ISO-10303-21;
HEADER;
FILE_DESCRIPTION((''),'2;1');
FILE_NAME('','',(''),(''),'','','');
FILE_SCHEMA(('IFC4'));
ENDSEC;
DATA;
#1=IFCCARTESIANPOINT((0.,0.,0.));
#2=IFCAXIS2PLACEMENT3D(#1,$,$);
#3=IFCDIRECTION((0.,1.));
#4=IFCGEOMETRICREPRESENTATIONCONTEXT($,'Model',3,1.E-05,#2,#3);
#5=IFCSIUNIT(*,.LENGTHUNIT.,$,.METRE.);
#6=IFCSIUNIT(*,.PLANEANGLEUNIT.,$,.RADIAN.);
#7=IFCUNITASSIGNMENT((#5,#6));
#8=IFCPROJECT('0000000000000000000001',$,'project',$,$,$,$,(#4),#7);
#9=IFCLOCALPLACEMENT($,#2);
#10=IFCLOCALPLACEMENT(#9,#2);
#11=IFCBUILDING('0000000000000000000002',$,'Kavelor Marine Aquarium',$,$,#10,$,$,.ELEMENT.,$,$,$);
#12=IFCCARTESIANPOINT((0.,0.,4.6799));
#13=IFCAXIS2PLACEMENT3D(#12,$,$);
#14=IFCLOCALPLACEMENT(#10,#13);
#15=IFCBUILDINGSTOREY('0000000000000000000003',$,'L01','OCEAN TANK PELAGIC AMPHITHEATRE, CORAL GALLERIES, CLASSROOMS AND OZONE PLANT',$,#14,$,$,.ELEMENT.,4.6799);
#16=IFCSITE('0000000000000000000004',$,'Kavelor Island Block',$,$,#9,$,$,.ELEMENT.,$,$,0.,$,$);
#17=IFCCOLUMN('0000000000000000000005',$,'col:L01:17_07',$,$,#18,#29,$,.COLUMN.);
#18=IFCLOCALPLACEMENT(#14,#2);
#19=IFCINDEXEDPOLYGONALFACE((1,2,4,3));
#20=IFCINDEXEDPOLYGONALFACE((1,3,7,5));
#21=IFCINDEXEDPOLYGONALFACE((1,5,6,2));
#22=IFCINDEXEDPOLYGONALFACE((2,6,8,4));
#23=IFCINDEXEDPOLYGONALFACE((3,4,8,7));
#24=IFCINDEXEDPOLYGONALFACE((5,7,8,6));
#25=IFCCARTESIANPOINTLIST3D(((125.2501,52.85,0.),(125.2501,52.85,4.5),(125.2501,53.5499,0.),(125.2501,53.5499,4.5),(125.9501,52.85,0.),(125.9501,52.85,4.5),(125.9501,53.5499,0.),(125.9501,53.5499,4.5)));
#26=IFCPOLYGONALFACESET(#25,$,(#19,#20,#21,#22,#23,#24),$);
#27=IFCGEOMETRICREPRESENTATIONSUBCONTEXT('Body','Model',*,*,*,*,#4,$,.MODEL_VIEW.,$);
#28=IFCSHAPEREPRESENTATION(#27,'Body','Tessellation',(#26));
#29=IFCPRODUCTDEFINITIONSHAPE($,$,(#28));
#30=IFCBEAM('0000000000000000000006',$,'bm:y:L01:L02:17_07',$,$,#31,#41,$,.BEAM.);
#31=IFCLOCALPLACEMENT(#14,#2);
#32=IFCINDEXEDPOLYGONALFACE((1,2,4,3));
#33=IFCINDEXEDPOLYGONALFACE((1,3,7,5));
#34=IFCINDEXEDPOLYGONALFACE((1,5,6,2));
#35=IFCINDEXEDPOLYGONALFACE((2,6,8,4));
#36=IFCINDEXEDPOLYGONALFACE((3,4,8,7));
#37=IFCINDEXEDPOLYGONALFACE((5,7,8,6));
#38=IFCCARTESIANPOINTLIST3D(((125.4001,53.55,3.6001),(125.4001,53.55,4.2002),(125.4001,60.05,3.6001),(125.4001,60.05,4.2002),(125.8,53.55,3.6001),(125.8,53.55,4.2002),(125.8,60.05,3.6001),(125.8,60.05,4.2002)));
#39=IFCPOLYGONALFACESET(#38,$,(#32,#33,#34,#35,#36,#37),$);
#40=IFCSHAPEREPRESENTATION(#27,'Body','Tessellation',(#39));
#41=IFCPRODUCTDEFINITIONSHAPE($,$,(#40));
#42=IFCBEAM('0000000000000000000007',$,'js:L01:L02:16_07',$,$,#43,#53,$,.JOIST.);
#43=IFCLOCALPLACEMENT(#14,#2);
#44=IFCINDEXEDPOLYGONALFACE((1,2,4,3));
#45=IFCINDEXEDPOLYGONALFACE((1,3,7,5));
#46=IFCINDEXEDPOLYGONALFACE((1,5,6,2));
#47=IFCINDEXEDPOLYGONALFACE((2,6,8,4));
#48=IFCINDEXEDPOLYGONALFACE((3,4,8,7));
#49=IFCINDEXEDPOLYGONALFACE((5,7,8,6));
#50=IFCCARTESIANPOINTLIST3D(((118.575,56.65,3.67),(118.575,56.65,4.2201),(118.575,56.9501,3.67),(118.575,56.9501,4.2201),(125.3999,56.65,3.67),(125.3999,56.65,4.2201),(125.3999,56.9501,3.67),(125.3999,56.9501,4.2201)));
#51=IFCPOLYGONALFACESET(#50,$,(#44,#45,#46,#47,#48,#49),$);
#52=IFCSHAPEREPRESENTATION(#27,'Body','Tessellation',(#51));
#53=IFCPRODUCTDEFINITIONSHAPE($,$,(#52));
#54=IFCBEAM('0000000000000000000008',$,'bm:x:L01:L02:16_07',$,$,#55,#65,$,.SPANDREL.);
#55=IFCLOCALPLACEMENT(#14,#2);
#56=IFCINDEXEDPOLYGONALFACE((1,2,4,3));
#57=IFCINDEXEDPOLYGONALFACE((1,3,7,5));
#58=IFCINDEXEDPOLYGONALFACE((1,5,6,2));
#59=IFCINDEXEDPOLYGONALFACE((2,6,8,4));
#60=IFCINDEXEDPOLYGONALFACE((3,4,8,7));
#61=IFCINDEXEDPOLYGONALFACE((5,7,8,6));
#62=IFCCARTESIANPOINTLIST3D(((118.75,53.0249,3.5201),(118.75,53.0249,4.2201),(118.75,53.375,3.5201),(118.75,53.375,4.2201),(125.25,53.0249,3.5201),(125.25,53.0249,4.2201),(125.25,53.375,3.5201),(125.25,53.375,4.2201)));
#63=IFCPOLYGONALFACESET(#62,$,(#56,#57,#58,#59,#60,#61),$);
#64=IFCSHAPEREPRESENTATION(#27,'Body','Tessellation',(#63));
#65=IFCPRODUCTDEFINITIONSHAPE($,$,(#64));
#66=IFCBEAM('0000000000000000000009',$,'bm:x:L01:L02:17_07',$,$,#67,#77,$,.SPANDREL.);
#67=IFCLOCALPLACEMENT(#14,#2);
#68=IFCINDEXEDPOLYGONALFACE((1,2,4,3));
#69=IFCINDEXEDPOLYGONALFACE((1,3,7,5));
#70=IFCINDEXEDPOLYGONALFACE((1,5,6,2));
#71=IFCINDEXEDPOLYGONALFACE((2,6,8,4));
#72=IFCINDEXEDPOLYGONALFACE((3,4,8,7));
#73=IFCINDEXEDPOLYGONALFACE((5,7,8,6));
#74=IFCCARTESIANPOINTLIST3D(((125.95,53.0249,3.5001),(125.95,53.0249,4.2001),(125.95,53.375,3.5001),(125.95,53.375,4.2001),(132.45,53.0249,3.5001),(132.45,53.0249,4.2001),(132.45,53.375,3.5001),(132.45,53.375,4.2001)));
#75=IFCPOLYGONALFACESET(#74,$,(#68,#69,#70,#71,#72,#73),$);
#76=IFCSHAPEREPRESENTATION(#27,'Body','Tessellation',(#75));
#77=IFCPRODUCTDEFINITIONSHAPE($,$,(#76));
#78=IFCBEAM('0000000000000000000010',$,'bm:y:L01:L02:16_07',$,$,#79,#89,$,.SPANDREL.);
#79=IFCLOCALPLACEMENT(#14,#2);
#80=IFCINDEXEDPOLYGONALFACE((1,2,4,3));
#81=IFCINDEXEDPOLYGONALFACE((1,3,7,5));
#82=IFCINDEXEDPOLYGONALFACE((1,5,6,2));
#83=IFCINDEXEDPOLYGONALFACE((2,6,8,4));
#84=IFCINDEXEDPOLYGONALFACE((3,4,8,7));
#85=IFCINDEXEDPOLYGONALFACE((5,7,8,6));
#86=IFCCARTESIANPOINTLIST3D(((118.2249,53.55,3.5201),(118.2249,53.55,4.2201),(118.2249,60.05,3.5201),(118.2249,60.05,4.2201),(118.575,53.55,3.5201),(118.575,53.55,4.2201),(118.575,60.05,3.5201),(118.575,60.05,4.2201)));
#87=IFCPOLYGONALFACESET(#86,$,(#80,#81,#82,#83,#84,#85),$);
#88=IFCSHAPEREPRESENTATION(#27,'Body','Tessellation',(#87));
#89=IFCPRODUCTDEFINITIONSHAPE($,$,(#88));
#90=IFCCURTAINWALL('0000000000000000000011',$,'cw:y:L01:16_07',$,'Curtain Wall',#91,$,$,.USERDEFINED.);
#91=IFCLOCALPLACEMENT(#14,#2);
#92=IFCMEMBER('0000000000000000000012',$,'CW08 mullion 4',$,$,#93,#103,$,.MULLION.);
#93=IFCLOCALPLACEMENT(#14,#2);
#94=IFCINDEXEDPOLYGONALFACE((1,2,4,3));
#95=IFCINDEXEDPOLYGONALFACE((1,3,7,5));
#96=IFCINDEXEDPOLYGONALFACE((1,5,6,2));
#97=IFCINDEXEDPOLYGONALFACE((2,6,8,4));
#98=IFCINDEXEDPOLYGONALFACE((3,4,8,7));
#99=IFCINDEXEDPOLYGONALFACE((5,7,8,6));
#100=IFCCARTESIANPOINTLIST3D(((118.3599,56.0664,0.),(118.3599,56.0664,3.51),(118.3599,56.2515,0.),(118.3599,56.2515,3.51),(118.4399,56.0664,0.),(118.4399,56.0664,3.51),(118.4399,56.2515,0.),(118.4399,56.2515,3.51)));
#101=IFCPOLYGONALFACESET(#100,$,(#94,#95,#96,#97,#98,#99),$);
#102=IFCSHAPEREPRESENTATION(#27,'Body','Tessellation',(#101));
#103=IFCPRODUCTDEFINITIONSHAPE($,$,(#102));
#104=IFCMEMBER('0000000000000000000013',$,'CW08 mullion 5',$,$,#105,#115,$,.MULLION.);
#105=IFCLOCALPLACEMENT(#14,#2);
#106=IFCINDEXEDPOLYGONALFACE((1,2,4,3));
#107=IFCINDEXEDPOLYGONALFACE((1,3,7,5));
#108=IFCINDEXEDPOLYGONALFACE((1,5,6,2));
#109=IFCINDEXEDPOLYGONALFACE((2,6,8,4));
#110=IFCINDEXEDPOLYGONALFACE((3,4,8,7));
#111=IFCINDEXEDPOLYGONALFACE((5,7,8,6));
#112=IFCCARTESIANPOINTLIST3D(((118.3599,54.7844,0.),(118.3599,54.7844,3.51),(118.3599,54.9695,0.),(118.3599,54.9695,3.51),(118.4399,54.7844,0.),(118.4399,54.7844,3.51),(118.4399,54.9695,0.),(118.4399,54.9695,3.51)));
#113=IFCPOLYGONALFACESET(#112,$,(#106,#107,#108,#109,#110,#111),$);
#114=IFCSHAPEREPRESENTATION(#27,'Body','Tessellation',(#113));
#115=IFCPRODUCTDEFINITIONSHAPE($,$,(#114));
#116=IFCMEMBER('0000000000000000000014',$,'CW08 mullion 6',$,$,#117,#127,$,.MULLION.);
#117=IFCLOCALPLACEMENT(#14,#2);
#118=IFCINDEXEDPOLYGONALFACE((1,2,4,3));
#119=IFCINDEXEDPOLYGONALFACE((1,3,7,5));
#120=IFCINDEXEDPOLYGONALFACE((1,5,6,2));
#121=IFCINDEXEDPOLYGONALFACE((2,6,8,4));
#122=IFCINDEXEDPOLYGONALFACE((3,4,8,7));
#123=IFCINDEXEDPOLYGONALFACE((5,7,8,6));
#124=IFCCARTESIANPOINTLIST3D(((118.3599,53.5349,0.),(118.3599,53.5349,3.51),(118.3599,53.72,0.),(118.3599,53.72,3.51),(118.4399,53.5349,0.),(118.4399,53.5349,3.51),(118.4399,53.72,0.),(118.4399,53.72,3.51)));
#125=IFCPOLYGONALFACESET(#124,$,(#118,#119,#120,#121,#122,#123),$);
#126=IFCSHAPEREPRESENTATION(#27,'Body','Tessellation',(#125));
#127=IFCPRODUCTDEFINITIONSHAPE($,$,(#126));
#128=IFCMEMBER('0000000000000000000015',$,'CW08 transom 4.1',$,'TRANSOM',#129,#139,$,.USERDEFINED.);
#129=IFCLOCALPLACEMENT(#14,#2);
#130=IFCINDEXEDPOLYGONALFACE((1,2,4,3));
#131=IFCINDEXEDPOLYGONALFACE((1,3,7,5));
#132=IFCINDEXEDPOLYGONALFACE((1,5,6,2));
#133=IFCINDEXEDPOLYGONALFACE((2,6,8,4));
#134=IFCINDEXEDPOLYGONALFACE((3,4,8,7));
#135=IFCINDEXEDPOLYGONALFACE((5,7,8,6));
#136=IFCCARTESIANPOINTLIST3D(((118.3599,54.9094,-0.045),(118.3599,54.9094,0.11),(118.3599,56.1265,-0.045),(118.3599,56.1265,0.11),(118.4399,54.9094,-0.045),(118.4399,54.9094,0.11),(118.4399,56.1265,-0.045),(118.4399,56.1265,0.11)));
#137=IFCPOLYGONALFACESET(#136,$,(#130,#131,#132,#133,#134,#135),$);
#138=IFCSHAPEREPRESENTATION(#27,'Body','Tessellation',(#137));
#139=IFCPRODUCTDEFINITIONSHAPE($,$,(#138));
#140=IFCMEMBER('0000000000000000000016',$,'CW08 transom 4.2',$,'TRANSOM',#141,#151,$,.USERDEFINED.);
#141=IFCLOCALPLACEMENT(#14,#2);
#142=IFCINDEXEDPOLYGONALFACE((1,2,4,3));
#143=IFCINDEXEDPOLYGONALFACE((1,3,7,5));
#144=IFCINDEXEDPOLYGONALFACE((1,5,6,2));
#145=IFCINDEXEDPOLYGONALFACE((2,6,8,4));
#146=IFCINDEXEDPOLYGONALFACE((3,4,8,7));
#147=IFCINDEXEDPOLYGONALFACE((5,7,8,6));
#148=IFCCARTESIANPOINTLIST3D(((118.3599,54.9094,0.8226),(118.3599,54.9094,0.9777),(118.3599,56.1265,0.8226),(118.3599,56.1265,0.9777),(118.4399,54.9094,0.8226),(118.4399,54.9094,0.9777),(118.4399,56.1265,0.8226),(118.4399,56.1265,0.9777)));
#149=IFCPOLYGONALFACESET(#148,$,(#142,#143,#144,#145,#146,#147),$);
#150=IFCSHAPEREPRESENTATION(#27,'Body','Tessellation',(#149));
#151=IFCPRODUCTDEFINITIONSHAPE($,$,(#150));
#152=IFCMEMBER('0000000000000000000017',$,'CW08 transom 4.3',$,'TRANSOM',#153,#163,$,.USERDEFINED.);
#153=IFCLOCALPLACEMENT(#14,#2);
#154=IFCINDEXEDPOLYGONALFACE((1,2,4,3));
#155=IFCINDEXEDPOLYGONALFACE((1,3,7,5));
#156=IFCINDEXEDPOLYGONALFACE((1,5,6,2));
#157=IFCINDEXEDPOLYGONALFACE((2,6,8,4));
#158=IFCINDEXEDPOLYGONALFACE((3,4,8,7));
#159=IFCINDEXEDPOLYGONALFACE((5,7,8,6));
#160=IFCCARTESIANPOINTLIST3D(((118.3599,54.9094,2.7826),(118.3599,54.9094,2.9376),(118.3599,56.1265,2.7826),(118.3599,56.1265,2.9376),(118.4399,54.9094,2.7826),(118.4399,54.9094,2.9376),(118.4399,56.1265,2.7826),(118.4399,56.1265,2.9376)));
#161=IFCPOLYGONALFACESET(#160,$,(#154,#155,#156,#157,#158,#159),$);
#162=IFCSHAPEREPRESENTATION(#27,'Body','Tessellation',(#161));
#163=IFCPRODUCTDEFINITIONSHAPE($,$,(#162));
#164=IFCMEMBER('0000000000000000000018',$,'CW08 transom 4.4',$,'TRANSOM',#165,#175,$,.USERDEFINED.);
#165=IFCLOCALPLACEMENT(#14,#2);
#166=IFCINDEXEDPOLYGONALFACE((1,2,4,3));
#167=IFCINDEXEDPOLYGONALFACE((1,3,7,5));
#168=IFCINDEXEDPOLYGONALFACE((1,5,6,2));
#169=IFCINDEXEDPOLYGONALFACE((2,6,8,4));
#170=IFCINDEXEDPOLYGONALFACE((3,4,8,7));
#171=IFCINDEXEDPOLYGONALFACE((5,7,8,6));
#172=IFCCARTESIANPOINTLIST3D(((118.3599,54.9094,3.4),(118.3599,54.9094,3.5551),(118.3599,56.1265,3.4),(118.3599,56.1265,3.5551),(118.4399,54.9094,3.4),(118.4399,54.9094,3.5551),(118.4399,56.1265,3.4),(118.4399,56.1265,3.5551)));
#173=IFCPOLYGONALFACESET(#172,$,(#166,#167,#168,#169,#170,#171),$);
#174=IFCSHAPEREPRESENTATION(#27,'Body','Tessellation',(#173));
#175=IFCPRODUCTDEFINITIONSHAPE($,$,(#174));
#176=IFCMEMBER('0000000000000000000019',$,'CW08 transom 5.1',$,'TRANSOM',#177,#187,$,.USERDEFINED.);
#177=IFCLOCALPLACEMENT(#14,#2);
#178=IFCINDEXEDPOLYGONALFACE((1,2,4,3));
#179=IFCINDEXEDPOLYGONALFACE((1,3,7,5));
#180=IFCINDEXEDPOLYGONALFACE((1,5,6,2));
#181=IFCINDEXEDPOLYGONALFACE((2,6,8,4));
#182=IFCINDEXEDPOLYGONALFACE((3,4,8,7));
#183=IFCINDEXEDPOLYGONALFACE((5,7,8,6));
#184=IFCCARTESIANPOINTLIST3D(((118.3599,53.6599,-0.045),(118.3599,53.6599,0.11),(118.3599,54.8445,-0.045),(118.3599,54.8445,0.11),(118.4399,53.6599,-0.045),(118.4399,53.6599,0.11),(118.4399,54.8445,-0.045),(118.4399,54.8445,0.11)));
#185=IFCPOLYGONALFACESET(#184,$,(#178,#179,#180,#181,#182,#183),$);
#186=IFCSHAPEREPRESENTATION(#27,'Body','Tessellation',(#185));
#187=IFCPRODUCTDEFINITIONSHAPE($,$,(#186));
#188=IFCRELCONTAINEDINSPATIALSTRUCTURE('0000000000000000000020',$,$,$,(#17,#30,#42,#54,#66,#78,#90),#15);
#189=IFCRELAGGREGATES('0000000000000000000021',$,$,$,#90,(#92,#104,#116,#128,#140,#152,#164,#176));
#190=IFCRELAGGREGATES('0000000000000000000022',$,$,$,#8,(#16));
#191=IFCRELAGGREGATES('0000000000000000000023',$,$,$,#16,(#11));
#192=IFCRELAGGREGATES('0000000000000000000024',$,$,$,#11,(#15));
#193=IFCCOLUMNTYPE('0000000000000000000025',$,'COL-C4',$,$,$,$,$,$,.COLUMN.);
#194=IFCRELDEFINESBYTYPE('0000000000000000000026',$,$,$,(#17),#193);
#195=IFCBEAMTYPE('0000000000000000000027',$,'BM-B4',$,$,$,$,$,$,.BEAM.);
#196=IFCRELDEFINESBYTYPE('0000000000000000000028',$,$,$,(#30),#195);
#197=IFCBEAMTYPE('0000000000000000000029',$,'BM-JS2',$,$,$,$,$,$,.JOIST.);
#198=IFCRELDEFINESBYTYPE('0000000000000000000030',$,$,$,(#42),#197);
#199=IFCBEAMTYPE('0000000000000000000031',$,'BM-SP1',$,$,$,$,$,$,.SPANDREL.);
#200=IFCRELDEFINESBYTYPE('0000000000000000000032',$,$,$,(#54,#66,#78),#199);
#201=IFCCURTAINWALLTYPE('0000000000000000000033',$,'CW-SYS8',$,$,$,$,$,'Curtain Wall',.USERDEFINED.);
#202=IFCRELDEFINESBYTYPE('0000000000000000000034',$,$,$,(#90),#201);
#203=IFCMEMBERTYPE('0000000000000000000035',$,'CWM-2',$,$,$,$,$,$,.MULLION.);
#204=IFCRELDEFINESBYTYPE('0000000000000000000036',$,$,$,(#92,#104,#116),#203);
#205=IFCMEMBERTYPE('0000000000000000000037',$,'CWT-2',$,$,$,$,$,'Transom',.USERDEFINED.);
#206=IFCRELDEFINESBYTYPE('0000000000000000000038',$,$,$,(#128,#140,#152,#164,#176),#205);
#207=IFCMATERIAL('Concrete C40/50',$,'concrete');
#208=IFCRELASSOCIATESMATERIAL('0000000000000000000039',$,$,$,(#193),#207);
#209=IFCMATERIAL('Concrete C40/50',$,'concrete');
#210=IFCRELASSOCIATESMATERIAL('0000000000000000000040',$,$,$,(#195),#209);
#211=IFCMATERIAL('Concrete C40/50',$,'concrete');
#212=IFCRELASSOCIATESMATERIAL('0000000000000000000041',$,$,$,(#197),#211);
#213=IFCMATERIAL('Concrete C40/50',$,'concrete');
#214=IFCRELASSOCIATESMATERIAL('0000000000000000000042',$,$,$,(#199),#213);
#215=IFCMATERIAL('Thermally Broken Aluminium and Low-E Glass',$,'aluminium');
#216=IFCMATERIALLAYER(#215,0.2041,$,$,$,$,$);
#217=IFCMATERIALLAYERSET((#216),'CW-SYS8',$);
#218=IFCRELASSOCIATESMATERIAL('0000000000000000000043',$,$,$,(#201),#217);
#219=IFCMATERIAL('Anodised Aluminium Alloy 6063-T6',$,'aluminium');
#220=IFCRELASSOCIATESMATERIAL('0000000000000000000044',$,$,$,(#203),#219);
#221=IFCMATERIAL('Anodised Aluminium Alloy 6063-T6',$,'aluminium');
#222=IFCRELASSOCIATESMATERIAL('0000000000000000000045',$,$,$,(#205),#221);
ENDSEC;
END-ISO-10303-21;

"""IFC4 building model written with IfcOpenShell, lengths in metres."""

from ifc_helpers import new_model, si_unit, direction, frame, origin, origin_2d, place, context, subcontext, project, spatial, rectangle, extrude, material, layer, layer_set, material_profile, profile_set, type_object, element, aggregate, save


model = new_model("IFC4")

# Units and contexts
model_context = context("Model", 3, precision=1e-05, world=origin(), true_north=direction((0.0, 1.0)))
body_context = subcontext(model_context, "Body", "Model", "MODEL_VIEW")
ifc_project = project(units=[si_unit("LENGTHUNIT", "METRE"), si_unit("PLANEANGLEUNIT", "RADIAN")], contexts=[model_context])

# Site, building, storey
site_placement = place(None, origin())
site = spatial("IfcSite", under=ifc_project, at=site_placement, Name="Kavelor Island Block", CompositionType="ELEMENT", RefElevation=0.0)
building_placement = place(site_placement, origin())
building = spatial("IfcBuilding", under=site, at=building_placement, Name="Kavelor Marine Aquarium", CompositionType="ELEMENT")
storey_placement = place(building_placement, frame((0.0, 0.0, 4.6799)))
storey = spatial("IfcBuildingStorey", under=building, at=storey_placement, Name="L01", Description="OCEAN TANK PELAGIC AMPHITHEATRE, CORAL GALLERIES, CLASSROOMS AND OZONE PLANT", CompositionType="ELEMENT", Elevation=4.6799)

# Column
ifc_material_1 = material(Name="Concrete C40/50", Category="concrete")
ifc_material_profile_1 = material_profile(ifc_material_1, rectangle(XDim=0.7, YDim=0.7, at=origin_2d()), Name="RC-COL 700x700")
ifc_profile_set_1 = profile_set([ifc_material_profile_1], Name="Concrete C40/50")
column_type = type_object("IfcColumnType", Name="COL-C4", PredefinedType="COLUMN", material=ifc_profile_set_1)
column_placement = place(storey_placement, frame((125.6001, 53.2, 0.0), z_axis=(0.0, 0.0, 1.0), x_axis=(1.0, 0.0, 0.0)))
element("IfcColumn", 1, at=column_placement, inside=storey, type_object=column_type, Name="col:L01:17_07", PredefinedType="COLUMN", context=body_context, shape_type="SweptSolid", body=[
    extrude(rectangle(XDim=0.7, YDim=0.7, at=origin_2d()), origin(), (0.0, 0.0, 1.0), 4.5),
])

# Beams
ifc_material_2 = material(Name="Concrete C40/50", Category="concrete")
ifc_material_profile_2 = material_profile(ifc_material_2, rectangle(XDim=0.3999, YDim=0.6001, at=origin_2d()), Name="RC-BM 400x600")
ifc_profile_set_2 = profile_set([ifc_material_profile_2], Name="Concrete C40/50")
beam_type_1 = type_object("IfcBeamType", Name="BM-B4", PredefinedType="BEAM", material=ifc_profile_set_2)
beam_1_placement = place(storey_placement, frame((125.6001, 53.55, 3.9001), z_axis=(0.0, 1.0, 0.0), x_axis=(-1.0, 0.0, 0.0)))
element("IfcBeam", 2, at=beam_1_placement, inside=storey, type_object=beam_type_1, Name="bm:y:L01:L02:17_07", PredefinedType="BEAM", context=body_context, shape_type="SweptSolid", body=[
    extrude(rectangle(XDim=0.3999, YDim=0.6001, at=origin_2d()), origin(), (0.0, 0.0, 1.0), 6.5),
])
ifc_material_3 = material(Name="Concrete C40/50", Category="concrete")
ifc_material_profile_3 = material_profile(ifc_material_3, rectangle(XDim=0.3, YDim=0.55, at=origin_2d()), Name="RC-JS 300x550")
ifc_profile_set_3 = profile_set([ifc_material_profile_3], Name="Concrete C40/50")
beam_type_2 = type_object("IfcBeamType", Name="BM-JS2", PredefinedType="JOIST", material=ifc_profile_set_3)
beam_2_placement = place(storey_placement, frame((118.575, 56.8, 3.9451), z_axis=(1.0, 0.0, 0.0), x_axis=(0.0, 1.0, 0.0)))
element("IfcBeam", 3, at=beam_2_placement, inside=storey, type_object=beam_type_2, Name="js:L01:L02:16_07", PredefinedType="JOIST", context=body_context, shape_type="SweptSolid", body=[
    extrude(rectangle(XDim=0.3, YDim=0.55, at=origin_2d()), origin(), (0.0, 0.0, 1.0), 6.825),
])
ifc_material_4 = material(Name="Concrete C40/50", Category="concrete")
ifc_material_profile_4 = material_profile(ifc_material_4, rectangle(XDim=0.3501, YDim=0.7, at=origin_2d()), Name="RC-SP 350x700")
ifc_profile_set_4 = profile_set([ifc_material_profile_4], Name="Concrete C40/50")
beam_type_3 = type_object("IfcBeamType", Name="BM-SP1", PredefinedType="SPANDREL", material=ifc_profile_set_4)
for number, where, z_axis, x_axis, name in (
    (4, (118.75, 53.2, 3.8701), (1.0, 0.0, 0.0), (0.0, 1.0, 0.0), "bm:x:L01:L02:16_07"),
    (5, (125.95, 53.2, 3.8501), (1.0, 0.0, 0.0), (0.0, 1.0, 0.0), "bm:x:L01:L02:17_07"),
    (6, (118.3999, 53.55, 3.8701), (0.0, 1.0, 0.0), (-1.0, 0.0, 0.0), "bm:y:L01:L02:16_07"),
):
    element("IfcBeam", number, at=place(storey_placement, frame(where, z_axis=z_axis, x_axis=x_axis)), inside=storey, type_object=beam_type_3, Name=name, PredefinedType="SPANDREL", context=body_context, shape_type="SweptSolid", body=[
        extrude(rectangle(XDim=0.3501, YDim=0.7, at=origin_2d()), origin(), (0.0, 0.0, 1.0), 6.5),
    ])

# Curtain wall, members
ifc_material_5 = material(Name="Thermally Broken Aluminium and Low-E Glass", Category="aluminium")
ifc_layer_1 = layer(ifc_material_5, 0.2041)
ifc_layer_set_1 = layer_set([ifc_layer_1], Name="CW-SYS8")
curtain_wall_type = type_object("IfcCurtainWallType", Name="CW-SYS8", ElementType="Curtain Wall", PredefinedType="USERDEFINED", material=ifc_layer_set_1)
curtain_wall_placement = place(storey_placement, origin())
curtain_wall = element("IfcCurtainWall", 7, at=curtain_wall_placement, inside=storey, type_object=curtain_wall_type, Name="cw:y:L01:16_07", ObjectType="Curtain Wall", PredefinedType="USERDEFINED")
ifc_material_6 = material(Name="Anodised Aluminium Alloy 6063-T6", Category="aluminium")
ifc_material_profile_5 = material_profile(ifc_material_6, rectangle(XDim=0.0801, YDim=0.1851, at=origin_2d()), Name="CW-MUL 80x185")
ifc_profile_set_5 = profile_set([ifc_material_profile_5], Name="Anodised Aluminium Alloy 6063-T6")
member_type_1 = type_object("IfcMemberType", Name="CWM-2", PredefinedType="MULLION", material=ifc_profile_set_5)
member_1_placement = place(storey_placement, frame((118.3999, 56.1589, 0.0), z_axis=(0.0, 0.0, 1.0), x_axis=(1.0, 0.0, 0.0)))
member_1 = element("IfcMember", 8, at=member_1_placement, type_object=member_type_1, Name="CW08 mullion 4", PredefinedType="MULLION", context=body_context, shape_type="SweptSolid", body=[
    extrude(rectangle(XDim=0.0801, YDim=0.1851, at=origin_2d()), origin(), (0.0, 0.0, 1.0), 3.51),
])
member_2_placement = place(storey_placement, frame((118.3999, 54.877, 0.0), z_axis=(0.0, 0.0, 1.0), x_axis=(1.0, 0.0, 0.0)))
member_2 = element("IfcMember", 9, at=member_2_placement, type_object=member_type_1, Name="CW08 mullion 5", PredefinedType="MULLION", context=body_context, shape_type="SweptSolid", body=[
    extrude(rectangle(XDim=0.0801, YDim=0.1851, at=origin_2d()), origin(), (0.0, 0.0, 1.0), 3.51),
])
member_3_placement = place(storey_placement, frame((118.3999, 53.6274, 0.0), z_axis=(0.0, 0.0, 1.0), x_axis=(1.0, 0.0, 0.0)))
member_3 = element("IfcMember", 10, at=member_3_placement, type_object=member_type_1, Name="CW08 mullion 6", PredefinedType="MULLION", context=body_context, shape_type="SweptSolid", body=[
    extrude(rectangle(XDim=0.0801, YDim=0.1851, at=origin_2d()), origin(), (0.0, 0.0, 1.0), 3.51),
])
ifc_material_7 = material(Name="Anodised Aluminium Alloy 6063-T6", Category="aluminium")
ifc_material_profile_6 = material_profile(ifc_material_7, rectangle(XDim=0.0801, YDim=0.155, at=origin_2d()), Name="CW-TRN 80x155")
ifc_profile_set_6 = profile_set([ifc_material_profile_6], Name="Anodised Aluminium Alloy 6063-T6")
member_type_2 = type_object("IfcMemberType", Name="CWT-2", ElementType="Transom", PredefinedType="USERDEFINED", material=ifc_profile_set_6)
member_4_placement = place(storey_placement, frame((118.3999, 56.1265, 0.0325), z_axis=(0.0, -1.0, 0.0), x_axis=(1.0, 0.0, 0.0)))
member_4 = element("IfcMember", 11, at=member_4_placement, type_object=member_type_2, Name="CW08 transom 4.1", ObjectType="TRANSOM", PredefinedType="USERDEFINED", context=body_context, shape_type="SweptSolid", body=[
    extrude(rectangle(XDim=0.0801, YDim=0.155, at=origin_2d()), origin(), (0.0, 0.0, 1.0), 1.217),
])
member_5_placement = place(storey_placement, frame((118.3999, 56.1265, 0.9001), z_axis=(0.0, -1.0, 0.0), x_axis=(1.0, 0.0, 0.0)))
member_5 = element("IfcMember", 12, at=member_5_placement, type_object=member_type_2, Name="CW08 transom 4.2", ObjectType="TRANSOM", PredefinedType="USERDEFINED", context=body_context, shape_type="SweptSolid", body=[
    extrude(rectangle(XDim=0.0801, YDim=0.155, at=origin_2d()), origin(), (0.0, 0.0, 1.0), 1.217),
])
member_6_placement = place(storey_placement, frame((118.3999, 56.1265, 2.8601), z_axis=(0.0, -1.0, 0.0), x_axis=(1.0, 0.0, 0.0)))
member_6 = element("IfcMember", 13, at=member_6_placement, type_object=member_type_2, Name="CW08 transom 4.3", ObjectType="TRANSOM", PredefinedType="USERDEFINED", context=body_context, shape_type="SweptSolid", body=[
    extrude(rectangle(XDim=0.0801, YDim=0.155, at=origin_2d()), origin(), (0.0, 0.0, 1.0), 1.217),
])
member_7_placement = place(storey_placement, frame((118.3999, 56.1265, 3.4775), z_axis=(0.0, -1.0, 0.0), x_axis=(1.0, 0.0, 0.0)))
member_7 = element("IfcMember", 14, at=member_7_placement, type_object=member_type_2, Name="CW08 transom 4.4", ObjectType="TRANSOM", PredefinedType="USERDEFINED", context=body_context, shape_type="SweptSolid", body=[
    extrude(rectangle(XDim=0.0801, YDim=0.155, at=origin_2d()), origin(), (0.0, 0.0, 1.0), 1.217),
])
member_8_placement = place(storey_placement, frame((118.3999, 54.8445, 0.0325), z_axis=(0.0, -1.0, 0.0), x_axis=(1.0, 0.0, 0.0)))
member_8 = element("IfcMember", 15, at=member_8_placement, type_object=member_type_2, Name="CW08 transom 5.1", ObjectType="TRANSOM", PredefinedType="USERDEFINED", context=body_context, shape_type="SweptSolid", body=[
    extrude(rectangle(XDim=0.0801, YDim=0.155, at=origin_2d()), origin(), (0.0, 0.0, 1.0), 1.1846),
])

aggregate(curtain_wall, [member_1, member_2, member_3, member_4, member_5, member_6, member_7, member_8])

save(model, "model.ifc")
